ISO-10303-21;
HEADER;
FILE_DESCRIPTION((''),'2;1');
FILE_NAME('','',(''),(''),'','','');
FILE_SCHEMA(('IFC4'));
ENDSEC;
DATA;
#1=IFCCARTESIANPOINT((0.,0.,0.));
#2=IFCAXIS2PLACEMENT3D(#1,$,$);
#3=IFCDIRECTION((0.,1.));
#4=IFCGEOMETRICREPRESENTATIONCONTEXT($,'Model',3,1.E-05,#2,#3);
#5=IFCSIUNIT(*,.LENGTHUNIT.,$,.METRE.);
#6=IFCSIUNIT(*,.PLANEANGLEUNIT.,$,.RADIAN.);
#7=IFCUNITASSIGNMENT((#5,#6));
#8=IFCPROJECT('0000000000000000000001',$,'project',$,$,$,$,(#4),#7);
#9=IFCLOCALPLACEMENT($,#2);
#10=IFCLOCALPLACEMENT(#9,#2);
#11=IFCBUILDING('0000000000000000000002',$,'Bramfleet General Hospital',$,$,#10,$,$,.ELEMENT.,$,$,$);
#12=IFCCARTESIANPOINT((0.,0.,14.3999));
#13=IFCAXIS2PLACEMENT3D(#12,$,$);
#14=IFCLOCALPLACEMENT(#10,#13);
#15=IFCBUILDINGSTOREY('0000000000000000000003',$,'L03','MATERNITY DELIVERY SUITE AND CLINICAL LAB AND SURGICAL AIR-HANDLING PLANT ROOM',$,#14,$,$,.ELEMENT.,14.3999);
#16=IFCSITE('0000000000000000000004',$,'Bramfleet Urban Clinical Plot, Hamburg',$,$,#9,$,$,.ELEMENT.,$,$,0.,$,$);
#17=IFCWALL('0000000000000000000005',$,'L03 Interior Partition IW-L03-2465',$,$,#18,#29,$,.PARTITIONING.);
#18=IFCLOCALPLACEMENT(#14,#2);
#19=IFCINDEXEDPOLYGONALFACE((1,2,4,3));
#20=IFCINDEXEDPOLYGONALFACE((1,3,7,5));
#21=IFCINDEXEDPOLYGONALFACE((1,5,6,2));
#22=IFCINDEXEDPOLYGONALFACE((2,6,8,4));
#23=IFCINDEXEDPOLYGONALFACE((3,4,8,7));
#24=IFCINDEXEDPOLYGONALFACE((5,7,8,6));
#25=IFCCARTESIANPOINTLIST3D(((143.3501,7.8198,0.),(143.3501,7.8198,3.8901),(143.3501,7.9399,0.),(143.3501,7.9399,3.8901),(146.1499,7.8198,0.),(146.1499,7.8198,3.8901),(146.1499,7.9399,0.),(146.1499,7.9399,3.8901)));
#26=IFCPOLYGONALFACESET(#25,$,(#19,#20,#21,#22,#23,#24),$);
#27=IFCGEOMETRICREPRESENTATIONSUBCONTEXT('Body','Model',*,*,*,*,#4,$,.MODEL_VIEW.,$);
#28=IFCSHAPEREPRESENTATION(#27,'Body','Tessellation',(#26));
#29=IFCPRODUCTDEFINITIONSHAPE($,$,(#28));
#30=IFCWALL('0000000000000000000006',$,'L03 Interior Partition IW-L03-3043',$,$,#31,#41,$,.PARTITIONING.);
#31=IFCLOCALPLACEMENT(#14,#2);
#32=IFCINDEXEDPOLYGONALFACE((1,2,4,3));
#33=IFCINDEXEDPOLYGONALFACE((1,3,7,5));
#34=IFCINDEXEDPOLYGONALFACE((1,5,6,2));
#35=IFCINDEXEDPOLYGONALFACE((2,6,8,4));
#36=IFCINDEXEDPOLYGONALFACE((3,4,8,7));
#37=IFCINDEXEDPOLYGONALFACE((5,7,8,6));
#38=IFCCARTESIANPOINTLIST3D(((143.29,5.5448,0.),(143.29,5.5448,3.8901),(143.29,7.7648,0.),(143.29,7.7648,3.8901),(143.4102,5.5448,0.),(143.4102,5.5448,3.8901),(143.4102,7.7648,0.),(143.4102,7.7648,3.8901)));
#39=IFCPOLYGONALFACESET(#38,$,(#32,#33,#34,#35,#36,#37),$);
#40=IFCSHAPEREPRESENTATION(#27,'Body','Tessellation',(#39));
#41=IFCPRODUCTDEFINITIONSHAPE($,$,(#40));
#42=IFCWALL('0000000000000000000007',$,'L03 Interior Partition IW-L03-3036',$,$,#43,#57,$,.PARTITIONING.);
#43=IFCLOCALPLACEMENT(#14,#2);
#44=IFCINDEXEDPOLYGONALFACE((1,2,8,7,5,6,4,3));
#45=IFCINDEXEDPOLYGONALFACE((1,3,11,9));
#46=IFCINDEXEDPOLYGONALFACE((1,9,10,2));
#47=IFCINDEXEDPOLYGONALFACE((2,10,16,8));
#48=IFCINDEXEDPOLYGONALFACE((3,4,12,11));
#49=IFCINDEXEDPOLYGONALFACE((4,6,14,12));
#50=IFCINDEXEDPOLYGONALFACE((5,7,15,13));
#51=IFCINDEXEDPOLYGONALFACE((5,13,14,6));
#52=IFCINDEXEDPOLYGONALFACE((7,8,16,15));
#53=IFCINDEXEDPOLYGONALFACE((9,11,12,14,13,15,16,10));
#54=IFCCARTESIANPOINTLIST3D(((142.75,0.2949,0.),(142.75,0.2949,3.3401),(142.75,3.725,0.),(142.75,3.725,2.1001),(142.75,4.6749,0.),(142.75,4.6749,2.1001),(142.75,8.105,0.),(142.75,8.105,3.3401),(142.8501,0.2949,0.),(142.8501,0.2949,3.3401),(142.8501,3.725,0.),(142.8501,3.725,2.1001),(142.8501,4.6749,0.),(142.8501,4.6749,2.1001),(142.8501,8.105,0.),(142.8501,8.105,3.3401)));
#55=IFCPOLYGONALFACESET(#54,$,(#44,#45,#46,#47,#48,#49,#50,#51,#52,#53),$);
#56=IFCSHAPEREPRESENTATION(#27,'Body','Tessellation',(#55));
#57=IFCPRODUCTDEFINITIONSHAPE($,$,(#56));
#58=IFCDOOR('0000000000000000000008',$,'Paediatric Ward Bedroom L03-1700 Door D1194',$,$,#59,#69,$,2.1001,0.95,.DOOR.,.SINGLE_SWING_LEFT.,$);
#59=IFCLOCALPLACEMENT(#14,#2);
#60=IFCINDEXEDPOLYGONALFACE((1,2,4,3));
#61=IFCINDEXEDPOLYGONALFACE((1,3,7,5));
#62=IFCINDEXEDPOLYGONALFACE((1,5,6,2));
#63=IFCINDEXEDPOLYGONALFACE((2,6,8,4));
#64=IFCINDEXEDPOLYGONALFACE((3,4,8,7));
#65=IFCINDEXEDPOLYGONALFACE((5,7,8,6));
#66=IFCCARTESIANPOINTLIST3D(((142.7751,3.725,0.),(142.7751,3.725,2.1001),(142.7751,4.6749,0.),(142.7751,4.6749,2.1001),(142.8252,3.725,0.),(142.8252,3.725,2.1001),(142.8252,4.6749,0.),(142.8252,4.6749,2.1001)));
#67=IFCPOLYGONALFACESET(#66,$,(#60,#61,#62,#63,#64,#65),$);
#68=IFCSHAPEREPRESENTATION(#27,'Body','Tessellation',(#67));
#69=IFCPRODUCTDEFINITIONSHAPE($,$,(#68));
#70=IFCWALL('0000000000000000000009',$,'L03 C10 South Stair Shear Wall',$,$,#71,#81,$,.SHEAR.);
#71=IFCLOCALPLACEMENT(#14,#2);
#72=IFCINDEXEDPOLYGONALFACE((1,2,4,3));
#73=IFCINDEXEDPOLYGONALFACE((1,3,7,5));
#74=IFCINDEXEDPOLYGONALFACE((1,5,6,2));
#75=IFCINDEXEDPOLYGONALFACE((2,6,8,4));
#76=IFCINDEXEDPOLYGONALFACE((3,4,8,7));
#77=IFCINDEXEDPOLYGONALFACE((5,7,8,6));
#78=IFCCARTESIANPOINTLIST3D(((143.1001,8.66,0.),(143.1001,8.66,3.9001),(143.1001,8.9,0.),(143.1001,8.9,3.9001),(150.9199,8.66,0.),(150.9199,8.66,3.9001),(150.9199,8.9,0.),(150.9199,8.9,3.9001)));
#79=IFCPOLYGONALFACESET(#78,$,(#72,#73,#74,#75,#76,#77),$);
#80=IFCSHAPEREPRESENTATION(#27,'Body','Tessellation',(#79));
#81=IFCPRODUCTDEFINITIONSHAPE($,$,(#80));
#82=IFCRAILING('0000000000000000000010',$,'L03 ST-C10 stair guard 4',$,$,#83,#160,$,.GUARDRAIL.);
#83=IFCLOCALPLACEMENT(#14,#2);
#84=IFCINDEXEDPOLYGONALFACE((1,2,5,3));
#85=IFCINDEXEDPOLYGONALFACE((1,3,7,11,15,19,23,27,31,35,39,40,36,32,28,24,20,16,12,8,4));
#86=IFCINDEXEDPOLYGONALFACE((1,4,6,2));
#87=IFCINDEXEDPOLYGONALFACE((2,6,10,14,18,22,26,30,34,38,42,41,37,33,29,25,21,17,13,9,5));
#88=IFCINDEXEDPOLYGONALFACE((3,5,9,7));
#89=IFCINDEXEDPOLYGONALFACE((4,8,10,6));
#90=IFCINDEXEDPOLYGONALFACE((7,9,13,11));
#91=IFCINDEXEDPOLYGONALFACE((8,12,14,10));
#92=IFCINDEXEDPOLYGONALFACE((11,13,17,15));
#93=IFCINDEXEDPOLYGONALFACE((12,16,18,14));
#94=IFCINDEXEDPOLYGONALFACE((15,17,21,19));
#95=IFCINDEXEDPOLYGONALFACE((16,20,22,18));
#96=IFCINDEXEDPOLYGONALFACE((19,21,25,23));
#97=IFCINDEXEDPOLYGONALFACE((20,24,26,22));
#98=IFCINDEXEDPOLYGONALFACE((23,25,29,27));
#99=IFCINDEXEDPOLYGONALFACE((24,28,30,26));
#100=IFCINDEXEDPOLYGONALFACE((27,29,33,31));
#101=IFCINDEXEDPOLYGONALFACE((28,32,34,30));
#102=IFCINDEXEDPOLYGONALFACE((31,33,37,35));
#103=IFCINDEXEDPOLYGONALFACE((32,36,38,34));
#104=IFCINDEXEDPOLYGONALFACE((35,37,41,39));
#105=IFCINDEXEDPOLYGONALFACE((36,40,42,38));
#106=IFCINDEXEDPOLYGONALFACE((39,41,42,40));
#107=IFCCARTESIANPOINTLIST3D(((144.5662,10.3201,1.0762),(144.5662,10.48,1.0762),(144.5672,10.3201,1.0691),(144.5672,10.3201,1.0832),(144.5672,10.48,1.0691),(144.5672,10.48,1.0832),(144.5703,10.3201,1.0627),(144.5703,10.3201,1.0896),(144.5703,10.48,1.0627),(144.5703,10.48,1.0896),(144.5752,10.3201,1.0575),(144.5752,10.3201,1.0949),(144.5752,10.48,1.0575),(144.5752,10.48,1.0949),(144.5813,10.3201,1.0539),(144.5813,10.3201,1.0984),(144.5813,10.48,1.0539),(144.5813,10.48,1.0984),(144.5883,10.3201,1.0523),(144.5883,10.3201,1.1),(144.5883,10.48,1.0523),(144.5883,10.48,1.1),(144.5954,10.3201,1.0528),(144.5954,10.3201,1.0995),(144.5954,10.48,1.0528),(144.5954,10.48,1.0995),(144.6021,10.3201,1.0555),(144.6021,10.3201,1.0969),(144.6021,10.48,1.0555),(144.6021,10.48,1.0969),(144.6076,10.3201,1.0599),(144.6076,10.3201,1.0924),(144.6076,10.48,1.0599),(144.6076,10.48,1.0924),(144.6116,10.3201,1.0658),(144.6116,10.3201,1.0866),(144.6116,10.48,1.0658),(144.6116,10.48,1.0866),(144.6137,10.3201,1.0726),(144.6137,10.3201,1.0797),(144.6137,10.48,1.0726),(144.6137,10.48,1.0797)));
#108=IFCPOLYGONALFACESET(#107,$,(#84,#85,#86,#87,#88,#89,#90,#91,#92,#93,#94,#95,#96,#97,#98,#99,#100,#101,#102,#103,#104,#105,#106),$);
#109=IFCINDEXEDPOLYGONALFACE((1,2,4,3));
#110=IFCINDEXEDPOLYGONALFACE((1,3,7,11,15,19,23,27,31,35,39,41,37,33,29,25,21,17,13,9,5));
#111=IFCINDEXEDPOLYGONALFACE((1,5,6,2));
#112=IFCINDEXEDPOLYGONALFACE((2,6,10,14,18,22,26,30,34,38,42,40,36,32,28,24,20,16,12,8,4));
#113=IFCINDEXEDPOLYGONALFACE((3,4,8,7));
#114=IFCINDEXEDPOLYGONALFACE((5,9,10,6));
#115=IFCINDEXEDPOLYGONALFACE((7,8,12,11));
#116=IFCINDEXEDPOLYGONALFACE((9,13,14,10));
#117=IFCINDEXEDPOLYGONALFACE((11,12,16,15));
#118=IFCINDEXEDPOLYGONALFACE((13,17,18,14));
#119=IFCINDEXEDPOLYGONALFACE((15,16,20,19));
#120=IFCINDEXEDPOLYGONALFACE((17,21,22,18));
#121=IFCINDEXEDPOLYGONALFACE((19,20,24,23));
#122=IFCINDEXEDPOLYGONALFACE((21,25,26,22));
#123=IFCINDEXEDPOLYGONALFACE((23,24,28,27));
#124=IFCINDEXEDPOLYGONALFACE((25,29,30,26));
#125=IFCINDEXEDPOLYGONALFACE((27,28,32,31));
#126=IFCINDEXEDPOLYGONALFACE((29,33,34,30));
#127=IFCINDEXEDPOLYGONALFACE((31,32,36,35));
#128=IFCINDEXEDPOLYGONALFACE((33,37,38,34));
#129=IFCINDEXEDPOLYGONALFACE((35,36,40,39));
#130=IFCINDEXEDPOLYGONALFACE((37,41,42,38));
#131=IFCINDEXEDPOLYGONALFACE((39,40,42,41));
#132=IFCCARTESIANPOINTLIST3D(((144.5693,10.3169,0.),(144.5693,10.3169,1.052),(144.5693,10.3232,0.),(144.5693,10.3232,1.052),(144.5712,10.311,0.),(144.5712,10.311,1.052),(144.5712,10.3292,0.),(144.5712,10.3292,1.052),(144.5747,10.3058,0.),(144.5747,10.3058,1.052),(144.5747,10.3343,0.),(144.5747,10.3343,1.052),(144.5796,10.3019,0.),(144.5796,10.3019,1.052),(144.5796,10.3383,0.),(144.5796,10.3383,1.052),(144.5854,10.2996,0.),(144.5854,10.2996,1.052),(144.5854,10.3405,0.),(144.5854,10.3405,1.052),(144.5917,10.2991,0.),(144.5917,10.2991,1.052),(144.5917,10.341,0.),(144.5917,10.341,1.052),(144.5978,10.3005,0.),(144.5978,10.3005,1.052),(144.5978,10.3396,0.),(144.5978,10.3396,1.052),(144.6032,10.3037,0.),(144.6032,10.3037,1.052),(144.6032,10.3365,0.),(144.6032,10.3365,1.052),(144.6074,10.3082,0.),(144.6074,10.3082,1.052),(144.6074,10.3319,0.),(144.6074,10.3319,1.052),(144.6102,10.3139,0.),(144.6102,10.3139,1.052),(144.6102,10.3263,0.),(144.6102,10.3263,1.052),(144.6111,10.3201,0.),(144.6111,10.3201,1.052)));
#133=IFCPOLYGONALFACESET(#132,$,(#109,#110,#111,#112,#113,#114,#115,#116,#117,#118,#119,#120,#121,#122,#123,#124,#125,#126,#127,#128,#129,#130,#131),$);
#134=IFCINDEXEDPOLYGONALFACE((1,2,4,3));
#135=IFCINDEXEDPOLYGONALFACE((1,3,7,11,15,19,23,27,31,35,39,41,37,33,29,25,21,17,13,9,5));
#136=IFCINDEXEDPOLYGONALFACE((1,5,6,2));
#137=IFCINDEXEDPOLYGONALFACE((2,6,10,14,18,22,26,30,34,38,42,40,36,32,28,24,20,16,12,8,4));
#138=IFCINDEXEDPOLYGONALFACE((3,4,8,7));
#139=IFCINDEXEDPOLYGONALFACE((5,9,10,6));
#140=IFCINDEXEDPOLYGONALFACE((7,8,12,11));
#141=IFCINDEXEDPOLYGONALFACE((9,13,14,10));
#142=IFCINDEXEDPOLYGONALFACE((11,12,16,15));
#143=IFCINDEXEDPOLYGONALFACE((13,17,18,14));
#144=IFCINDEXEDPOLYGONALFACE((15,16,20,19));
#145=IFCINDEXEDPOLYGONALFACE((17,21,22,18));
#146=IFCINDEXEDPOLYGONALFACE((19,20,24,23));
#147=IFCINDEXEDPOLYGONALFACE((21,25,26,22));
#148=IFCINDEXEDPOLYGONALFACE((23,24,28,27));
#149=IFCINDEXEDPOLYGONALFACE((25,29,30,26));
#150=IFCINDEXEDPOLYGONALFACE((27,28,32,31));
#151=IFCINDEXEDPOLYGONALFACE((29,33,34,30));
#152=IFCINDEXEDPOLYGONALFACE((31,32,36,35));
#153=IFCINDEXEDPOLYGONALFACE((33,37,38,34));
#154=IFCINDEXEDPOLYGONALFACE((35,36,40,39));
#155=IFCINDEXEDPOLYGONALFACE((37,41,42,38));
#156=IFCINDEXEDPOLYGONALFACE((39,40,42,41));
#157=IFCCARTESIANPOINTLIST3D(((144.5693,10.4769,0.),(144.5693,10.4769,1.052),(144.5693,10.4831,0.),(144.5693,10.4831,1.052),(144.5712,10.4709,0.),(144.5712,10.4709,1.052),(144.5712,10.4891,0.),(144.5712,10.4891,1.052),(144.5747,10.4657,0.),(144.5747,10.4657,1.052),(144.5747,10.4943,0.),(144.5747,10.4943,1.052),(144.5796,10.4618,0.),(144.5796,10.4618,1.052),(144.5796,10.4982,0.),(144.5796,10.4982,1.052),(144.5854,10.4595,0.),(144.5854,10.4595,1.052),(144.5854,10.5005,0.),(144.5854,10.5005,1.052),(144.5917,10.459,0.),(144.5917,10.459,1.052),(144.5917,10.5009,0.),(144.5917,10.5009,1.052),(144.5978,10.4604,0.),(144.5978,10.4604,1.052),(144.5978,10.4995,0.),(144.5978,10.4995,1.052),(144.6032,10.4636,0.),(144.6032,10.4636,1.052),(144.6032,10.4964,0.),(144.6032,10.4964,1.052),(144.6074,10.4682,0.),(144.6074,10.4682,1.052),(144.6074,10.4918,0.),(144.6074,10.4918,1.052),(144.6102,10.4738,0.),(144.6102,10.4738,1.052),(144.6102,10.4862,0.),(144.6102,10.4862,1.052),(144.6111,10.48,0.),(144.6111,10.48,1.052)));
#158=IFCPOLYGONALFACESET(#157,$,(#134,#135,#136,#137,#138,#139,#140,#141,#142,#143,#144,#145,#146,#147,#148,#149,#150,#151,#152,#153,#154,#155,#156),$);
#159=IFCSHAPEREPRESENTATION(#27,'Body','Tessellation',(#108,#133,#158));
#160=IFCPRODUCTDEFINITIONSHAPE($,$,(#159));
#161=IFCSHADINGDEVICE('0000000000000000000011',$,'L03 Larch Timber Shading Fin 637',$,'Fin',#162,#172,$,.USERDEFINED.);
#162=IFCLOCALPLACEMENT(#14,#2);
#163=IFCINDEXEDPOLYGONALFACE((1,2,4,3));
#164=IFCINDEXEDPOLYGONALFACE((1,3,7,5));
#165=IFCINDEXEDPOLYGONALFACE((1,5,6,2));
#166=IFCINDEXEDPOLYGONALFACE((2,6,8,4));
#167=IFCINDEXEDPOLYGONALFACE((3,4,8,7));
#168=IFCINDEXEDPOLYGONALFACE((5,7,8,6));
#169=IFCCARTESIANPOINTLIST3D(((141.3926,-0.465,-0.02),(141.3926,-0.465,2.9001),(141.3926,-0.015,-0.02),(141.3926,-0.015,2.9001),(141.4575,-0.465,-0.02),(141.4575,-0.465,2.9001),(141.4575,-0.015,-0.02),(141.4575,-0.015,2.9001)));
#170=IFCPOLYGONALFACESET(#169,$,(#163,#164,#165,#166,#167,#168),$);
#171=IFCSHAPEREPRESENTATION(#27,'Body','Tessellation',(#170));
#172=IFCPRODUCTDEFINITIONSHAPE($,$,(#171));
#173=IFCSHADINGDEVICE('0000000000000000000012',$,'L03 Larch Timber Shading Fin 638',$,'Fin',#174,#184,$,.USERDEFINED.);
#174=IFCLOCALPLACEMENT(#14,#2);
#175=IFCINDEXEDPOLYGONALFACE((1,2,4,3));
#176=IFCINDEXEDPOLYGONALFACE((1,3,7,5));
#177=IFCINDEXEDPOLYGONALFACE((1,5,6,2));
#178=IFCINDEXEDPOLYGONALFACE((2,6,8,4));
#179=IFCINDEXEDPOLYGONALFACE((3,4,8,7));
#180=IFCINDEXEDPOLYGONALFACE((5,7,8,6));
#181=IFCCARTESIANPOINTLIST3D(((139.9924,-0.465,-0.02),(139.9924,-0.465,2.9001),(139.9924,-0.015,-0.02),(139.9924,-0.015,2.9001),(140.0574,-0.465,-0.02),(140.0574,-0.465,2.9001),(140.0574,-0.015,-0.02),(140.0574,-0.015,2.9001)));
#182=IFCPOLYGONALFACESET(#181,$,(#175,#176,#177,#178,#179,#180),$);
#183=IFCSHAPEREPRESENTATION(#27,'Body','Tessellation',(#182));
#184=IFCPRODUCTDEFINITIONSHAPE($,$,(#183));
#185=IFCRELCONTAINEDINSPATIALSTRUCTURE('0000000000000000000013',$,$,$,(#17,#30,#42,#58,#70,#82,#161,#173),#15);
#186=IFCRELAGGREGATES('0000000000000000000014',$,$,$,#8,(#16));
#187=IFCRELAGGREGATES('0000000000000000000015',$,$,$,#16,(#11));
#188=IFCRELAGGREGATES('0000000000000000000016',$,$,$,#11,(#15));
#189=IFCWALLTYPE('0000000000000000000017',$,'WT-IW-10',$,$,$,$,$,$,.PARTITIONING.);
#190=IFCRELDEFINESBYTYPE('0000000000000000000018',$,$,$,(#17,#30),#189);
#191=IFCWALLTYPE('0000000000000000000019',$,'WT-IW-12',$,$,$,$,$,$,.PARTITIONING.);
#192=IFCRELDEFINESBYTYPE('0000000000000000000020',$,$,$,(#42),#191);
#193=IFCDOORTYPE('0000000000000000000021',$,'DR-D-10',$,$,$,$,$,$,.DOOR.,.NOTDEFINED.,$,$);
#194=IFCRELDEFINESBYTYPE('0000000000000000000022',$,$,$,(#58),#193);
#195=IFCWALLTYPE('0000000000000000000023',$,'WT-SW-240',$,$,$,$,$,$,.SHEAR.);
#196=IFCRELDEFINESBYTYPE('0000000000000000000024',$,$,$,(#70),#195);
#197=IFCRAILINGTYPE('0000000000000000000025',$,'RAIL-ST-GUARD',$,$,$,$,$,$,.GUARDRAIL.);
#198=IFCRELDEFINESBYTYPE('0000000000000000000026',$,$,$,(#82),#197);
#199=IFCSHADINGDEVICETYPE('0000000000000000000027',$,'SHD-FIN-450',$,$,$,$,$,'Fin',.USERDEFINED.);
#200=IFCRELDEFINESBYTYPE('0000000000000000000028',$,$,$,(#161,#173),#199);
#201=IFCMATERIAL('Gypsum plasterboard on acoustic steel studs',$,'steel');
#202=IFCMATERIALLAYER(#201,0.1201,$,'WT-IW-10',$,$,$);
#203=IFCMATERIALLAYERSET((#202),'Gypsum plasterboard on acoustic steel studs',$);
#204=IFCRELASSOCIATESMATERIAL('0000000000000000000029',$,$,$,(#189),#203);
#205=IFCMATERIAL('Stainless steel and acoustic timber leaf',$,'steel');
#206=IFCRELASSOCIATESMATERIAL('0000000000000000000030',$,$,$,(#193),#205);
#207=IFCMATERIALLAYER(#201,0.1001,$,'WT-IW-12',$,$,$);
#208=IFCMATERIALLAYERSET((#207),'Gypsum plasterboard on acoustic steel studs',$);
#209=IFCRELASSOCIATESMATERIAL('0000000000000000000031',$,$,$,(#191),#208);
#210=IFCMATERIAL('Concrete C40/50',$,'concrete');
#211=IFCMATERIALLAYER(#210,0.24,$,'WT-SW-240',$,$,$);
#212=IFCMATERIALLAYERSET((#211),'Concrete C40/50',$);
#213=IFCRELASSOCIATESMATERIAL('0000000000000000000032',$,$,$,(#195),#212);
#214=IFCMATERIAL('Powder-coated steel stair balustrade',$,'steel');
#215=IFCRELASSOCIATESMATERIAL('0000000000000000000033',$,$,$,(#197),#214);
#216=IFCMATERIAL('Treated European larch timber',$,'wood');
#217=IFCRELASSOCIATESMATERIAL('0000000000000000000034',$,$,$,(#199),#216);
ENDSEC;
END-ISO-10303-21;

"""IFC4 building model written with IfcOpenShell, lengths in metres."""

from ifc_helpers import new_model, si_unit, direction, frame, frame_2d, origin, origin_2d, place, context, subcontext, project, spatial, rectangle, circle, extrude, material, layer, layer_set, material_profile, profile_set, type_object, element, fill, save


model = new_model("IFC4")

# Units and contexts
model_context = context("Model", 3, precision=1e-05, world=origin(), true_north=direction((0.0, 1.0)))
body_context = subcontext(model_context, "Body", "Model", "MODEL_VIEW")
ifc_project = project(units=[si_unit("LENGTHUNIT", "METRE"), si_unit("PLANEANGLEUNIT", "RADIAN")], contexts=[model_context])

# Site, building, storey
site_placement = place(None, origin())
site = spatial("IfcSite", under=ifc_project, at=site_placement, Name="Bramfleet Urban Clinical Plot, Hamburg", CompositionType="ELEMENT", RefElevation=0.0)
building_placement = place(site_placement, origin())
building = spatial("IfcBuilding", under=site, at=building_placement, Name="Bramfleet General Hospital", CompositionType="ELEMENT")
storey_placement = place(building_placement, frame((0.0, 0.0, 14.3999)))
storey = spatial("IfcBuildingStorey", under=building, at=storey_placement, Name="L03", Description="MATERNITY DELIVERY SUITE AND CLINICAL LAB AND SURGICAL AIR-HANDLING PLANT ROOM", CompositionType="ELEMENT", Elevation=14.3999)

# Shared definitions
ifc_material_1 = material(Name="Concrete C40/50", Category="concrete")

# Shared definitions
ifc_material_2 = material(Name="Gypsum plasterboard on acoustic steel studs", Category="steel")

# Shared definitions
ifc_layer_1 = layer(ifc_material_2, 0.1201, Name="WT-IW-10")
ifc_layer_set_1 = layer_set([ifc_layer_1], Name="Gypsum plasterboard on acoustic steel studs")
wall_type_1 = type_object("IfcWallType", Name="WT-IW-10", PredefinedType="PARTITIONING", material=ifc_layer_set_1)
ifc_material_3 = material(Name="Stainless steel and acoustic timber leaf", Category="steel")
door_type = type_object("IfcDoorType", Name="DR-D-10", OperationType="NOTDEFINED", PredefinedType="DOOR", material=ifc_material_3)

# Walls
wall_1_placement = place(storey_placement, frame((143.3501, 7.8799, 0.0), z_axis=(0.0, 0.0, 1.0), x_axis=(1.0, 0.0, 0.0)))
element("IfcWall", 1, at=wall_1_placement, inside=storey, type_object=wall_type_1, Name="L03 Interior Partition IW-L03-2465", PredefinedType="PARTITIONING", context=body_context, shape_type="SweptSolid", body=[
    extrude(rectangle(XDim=2.7998, YDim=0.1201, at=frame_2d((1.3999, 0.0))), origin(), (0.0, 0.0, 1.0), 3.8901),
])
wall_2_placement = place(storey_placement, frame((143.3501, 5.5449, 0.0), z_axis=(0.0, 0.0, 1.0), x_axis=(0.0, 1.0, 0.0)))
element("IfcWall", 2, at=wall_2_placement, inside=storey, type_object=wall_type_1, Name="L03 Interior Partition IW-L03-3043", PredefinedType="PARTITIONING", context=body_context, shape_type="SweptSolid", body=[
    extrude(rectangle(XDim=2.22, YDim=0.1201, at=frame_2d((1.1099, 0.0))), origin(), (0.0, 0.0, 1.0), 3.8901),
])

# Wall, opening, door
ifc_layer_2 = layer(ifc_material_2, 0.1001, Name="WT-IW-12")
ifc_layer_set_2 = layer_set([ifc_layer_2], Name="Gypsum plasterboard on acoustic steel studs")
wall_type_2 = type_object("IfcWallType", Name="WT-IW-12", PredefinedType="PARTITIONING", material=ifc_layer_set_2)
wall_3_placement = place(storey_placement, frame((142.8, 0.2949, 0.0), z_axis=(0.0, 0.0, 1.0), x_axis=(0.0, 1.0, 0.0)))
wall_3 = element("IfcWall", 3, at=wall_3_placement, inside=storey, type_object=wall_type_2, Name="L03 Interior Partition IW-L03-3036", PredefinedType="PARTITIONING", context=body_context, shape_type="SweptSolid", body=[
    extrude(rectangle(XDim=7.8101, YDim=0.1001, at=frame_2d((3.905, 0.0))), origin(), (0.0, 0.0, 1.0), 3.3401),
])
opening_1_placement = place(wall_3_placement, frame((3.4299, 0.0, 0.0)))
opening_1 = element("IfcOpeningElement", 4, at=opening_1_placement, cuts=wall_3, PredefinedType="OPENING", context=body_context, shape_type="SweptSolid", body=[
    extrude(rectangle(XDim=0.95, YDim=2.1001, at=frame_2d((0.4751, 1.05))), frame((0.0, 0.0601, 0.0), z_axis=(0.0, -1.0, 0.0), x_axis=(1.0, 0.0, 0.0)), (0.0, 0.0, 1.0), 0.1201),
])
door_1_placement = place(opening_1_placement, origin())
door_1 = element("IfcDoor", 5, at=door_1_placement, inside=storey, type_object=door_type, Name="Paediatric Ward Bedroom L03-1700 Door D1194", OperationType="SINGLE_SWING_LEFT", OverallHeight=2.1001, OverallWidth=0.95, PredefinedType="DOOR", context=body_context, shape_type="SweptSolid", body=[
    extrude(rectangle(XDim=0.95, YDim=2.1001, at=frame_2d((0.4751, 1.05))), frame((0.0, 0.0249, 0.0), z_axis=(0.0, -1.0, 0.0), x_axis=(1.0, 0.0, 0.0)), (0.0, 0.0, 1.0), 0.05),
])
fill(opening_1, door_1)

# Wall
ifc_layer_3 = layer(ifc_material_1, 0.24, Name="WT-SW-240")
ifc_layer_set_3 = layer_set([ifc_layer_3], Name="Concrete C40/50")
wall_type_3 = type_object("IfcWallType", Name="WT-SW-240", PredefinedType="SHEAR", material=ifc_layer_set_3)
wall_4_placement = place(storey_placement, frame((143.1001, 8.78, 0.0), z_axis=(0.0, 0.0, 1.0), x_axis=(1.0, 0.0, 0.0)))
element("IfcWall", 6, at=wall_4_placement, inside=storey, type_object=wall_type_3, Name="L03 C10 South Stair Shear Wall", PredefinedType="SHEAR", context=body_context, shape_type="SweptSolid", body=[
    extrude(rectangle(XDim=7.8198, YDim=0.24, at=frame_2d((3.9099, 0.0))), origin(), (0.0, 0.0, 1.0), 3.9001),
])

# Railing
ifc_material_4 = material(Name="Powder-coated steel stair balustrade", Category="steel")
railing_type = type_object("IfcRailingType", Name="RAIL-ST-GUARD", PredefinedType="GUARDRAIL", material=ifc_material_4)
railing_placement = place(storey_placement, frame((144.5901, 10.3201, 0.0)))
element("IfcRailing", 7, at=railing_placement, inside=storey, type_object=railing_type, Name="L03 ST-C10 stair guard 4", PredefinedType="GUARDRAIL", context=body_context, shape_type="SweptSolid", body=[
    extrude(circle(Radius=0.0239, at=origin_2d()), frame((0.0, 0.0, 1.0762), z_axis=(0.0, 1.0, 0.0), x_axis=(-1.0, 0.0, 0.0)), (0.0, 0.0, 1.0), 0.1599),
    extrude(circle(Radius=0.021, at=origin_2d()), origin(), (0.0, 0.0, 1.0), 1.052),
    extrude(circle(Radius=0.021, at=origin_2d()), frame((0.0, 0.1599, 0.0)), (0.0, 0.0, 1.0), 1.052),
])

# Shading devices
ifc_material_5 = material(Name="Treated European larch timber", Category="wood")
ifc_material_profile_1 = material_profile(ifc_material_5, rectangle(XDim=0.0649, YDim=0.45, at=origin_2d()), Name="LARCH FIN 450x65")
ifc_profile_set_1 = profile_set([ifc_material_profile_1], Name="Treated European larch timber")
shading_device_type = type_object("IfcShadingDeviceType", Name="SHD-FIN-450", ElementType="Fin", PredefinedType="USERDEFINED", material=ifc_profile_set_1)
for number, where, z_axis, x_axis, name in (
    (8, (141.425, -0.24, -0.02), (0.0, 0.0, 1.0), (-1.0, 0.0, 0.0), "L03 Larch Timber Shading Fin 637"),
    (9, (140.0249, -0.24, -0.02), (0.0, 0.0, 1.0), (-1.0, 0.0, 0.0), "L03 Larch Timber Shading Fin 638"),
):
    element("IfcShadingDevice", number, at=place(storey_placement, frame(where, z_axis=z_axis, x_axis=x_axis)), inside=storey, type_object=shading_device_type, Name=name, ObjectType="Fin", PredefinedType="USERDEFINED", context=body_context, shape_type="SweptSolid", body=[
        extrude(rectangle(XDim=0.0649, YDim=0.45, at=origin_2d()), origin(), (0.0, 0.0, 1.0), 2.9202),
    ])

save(model, "model.ifc")
